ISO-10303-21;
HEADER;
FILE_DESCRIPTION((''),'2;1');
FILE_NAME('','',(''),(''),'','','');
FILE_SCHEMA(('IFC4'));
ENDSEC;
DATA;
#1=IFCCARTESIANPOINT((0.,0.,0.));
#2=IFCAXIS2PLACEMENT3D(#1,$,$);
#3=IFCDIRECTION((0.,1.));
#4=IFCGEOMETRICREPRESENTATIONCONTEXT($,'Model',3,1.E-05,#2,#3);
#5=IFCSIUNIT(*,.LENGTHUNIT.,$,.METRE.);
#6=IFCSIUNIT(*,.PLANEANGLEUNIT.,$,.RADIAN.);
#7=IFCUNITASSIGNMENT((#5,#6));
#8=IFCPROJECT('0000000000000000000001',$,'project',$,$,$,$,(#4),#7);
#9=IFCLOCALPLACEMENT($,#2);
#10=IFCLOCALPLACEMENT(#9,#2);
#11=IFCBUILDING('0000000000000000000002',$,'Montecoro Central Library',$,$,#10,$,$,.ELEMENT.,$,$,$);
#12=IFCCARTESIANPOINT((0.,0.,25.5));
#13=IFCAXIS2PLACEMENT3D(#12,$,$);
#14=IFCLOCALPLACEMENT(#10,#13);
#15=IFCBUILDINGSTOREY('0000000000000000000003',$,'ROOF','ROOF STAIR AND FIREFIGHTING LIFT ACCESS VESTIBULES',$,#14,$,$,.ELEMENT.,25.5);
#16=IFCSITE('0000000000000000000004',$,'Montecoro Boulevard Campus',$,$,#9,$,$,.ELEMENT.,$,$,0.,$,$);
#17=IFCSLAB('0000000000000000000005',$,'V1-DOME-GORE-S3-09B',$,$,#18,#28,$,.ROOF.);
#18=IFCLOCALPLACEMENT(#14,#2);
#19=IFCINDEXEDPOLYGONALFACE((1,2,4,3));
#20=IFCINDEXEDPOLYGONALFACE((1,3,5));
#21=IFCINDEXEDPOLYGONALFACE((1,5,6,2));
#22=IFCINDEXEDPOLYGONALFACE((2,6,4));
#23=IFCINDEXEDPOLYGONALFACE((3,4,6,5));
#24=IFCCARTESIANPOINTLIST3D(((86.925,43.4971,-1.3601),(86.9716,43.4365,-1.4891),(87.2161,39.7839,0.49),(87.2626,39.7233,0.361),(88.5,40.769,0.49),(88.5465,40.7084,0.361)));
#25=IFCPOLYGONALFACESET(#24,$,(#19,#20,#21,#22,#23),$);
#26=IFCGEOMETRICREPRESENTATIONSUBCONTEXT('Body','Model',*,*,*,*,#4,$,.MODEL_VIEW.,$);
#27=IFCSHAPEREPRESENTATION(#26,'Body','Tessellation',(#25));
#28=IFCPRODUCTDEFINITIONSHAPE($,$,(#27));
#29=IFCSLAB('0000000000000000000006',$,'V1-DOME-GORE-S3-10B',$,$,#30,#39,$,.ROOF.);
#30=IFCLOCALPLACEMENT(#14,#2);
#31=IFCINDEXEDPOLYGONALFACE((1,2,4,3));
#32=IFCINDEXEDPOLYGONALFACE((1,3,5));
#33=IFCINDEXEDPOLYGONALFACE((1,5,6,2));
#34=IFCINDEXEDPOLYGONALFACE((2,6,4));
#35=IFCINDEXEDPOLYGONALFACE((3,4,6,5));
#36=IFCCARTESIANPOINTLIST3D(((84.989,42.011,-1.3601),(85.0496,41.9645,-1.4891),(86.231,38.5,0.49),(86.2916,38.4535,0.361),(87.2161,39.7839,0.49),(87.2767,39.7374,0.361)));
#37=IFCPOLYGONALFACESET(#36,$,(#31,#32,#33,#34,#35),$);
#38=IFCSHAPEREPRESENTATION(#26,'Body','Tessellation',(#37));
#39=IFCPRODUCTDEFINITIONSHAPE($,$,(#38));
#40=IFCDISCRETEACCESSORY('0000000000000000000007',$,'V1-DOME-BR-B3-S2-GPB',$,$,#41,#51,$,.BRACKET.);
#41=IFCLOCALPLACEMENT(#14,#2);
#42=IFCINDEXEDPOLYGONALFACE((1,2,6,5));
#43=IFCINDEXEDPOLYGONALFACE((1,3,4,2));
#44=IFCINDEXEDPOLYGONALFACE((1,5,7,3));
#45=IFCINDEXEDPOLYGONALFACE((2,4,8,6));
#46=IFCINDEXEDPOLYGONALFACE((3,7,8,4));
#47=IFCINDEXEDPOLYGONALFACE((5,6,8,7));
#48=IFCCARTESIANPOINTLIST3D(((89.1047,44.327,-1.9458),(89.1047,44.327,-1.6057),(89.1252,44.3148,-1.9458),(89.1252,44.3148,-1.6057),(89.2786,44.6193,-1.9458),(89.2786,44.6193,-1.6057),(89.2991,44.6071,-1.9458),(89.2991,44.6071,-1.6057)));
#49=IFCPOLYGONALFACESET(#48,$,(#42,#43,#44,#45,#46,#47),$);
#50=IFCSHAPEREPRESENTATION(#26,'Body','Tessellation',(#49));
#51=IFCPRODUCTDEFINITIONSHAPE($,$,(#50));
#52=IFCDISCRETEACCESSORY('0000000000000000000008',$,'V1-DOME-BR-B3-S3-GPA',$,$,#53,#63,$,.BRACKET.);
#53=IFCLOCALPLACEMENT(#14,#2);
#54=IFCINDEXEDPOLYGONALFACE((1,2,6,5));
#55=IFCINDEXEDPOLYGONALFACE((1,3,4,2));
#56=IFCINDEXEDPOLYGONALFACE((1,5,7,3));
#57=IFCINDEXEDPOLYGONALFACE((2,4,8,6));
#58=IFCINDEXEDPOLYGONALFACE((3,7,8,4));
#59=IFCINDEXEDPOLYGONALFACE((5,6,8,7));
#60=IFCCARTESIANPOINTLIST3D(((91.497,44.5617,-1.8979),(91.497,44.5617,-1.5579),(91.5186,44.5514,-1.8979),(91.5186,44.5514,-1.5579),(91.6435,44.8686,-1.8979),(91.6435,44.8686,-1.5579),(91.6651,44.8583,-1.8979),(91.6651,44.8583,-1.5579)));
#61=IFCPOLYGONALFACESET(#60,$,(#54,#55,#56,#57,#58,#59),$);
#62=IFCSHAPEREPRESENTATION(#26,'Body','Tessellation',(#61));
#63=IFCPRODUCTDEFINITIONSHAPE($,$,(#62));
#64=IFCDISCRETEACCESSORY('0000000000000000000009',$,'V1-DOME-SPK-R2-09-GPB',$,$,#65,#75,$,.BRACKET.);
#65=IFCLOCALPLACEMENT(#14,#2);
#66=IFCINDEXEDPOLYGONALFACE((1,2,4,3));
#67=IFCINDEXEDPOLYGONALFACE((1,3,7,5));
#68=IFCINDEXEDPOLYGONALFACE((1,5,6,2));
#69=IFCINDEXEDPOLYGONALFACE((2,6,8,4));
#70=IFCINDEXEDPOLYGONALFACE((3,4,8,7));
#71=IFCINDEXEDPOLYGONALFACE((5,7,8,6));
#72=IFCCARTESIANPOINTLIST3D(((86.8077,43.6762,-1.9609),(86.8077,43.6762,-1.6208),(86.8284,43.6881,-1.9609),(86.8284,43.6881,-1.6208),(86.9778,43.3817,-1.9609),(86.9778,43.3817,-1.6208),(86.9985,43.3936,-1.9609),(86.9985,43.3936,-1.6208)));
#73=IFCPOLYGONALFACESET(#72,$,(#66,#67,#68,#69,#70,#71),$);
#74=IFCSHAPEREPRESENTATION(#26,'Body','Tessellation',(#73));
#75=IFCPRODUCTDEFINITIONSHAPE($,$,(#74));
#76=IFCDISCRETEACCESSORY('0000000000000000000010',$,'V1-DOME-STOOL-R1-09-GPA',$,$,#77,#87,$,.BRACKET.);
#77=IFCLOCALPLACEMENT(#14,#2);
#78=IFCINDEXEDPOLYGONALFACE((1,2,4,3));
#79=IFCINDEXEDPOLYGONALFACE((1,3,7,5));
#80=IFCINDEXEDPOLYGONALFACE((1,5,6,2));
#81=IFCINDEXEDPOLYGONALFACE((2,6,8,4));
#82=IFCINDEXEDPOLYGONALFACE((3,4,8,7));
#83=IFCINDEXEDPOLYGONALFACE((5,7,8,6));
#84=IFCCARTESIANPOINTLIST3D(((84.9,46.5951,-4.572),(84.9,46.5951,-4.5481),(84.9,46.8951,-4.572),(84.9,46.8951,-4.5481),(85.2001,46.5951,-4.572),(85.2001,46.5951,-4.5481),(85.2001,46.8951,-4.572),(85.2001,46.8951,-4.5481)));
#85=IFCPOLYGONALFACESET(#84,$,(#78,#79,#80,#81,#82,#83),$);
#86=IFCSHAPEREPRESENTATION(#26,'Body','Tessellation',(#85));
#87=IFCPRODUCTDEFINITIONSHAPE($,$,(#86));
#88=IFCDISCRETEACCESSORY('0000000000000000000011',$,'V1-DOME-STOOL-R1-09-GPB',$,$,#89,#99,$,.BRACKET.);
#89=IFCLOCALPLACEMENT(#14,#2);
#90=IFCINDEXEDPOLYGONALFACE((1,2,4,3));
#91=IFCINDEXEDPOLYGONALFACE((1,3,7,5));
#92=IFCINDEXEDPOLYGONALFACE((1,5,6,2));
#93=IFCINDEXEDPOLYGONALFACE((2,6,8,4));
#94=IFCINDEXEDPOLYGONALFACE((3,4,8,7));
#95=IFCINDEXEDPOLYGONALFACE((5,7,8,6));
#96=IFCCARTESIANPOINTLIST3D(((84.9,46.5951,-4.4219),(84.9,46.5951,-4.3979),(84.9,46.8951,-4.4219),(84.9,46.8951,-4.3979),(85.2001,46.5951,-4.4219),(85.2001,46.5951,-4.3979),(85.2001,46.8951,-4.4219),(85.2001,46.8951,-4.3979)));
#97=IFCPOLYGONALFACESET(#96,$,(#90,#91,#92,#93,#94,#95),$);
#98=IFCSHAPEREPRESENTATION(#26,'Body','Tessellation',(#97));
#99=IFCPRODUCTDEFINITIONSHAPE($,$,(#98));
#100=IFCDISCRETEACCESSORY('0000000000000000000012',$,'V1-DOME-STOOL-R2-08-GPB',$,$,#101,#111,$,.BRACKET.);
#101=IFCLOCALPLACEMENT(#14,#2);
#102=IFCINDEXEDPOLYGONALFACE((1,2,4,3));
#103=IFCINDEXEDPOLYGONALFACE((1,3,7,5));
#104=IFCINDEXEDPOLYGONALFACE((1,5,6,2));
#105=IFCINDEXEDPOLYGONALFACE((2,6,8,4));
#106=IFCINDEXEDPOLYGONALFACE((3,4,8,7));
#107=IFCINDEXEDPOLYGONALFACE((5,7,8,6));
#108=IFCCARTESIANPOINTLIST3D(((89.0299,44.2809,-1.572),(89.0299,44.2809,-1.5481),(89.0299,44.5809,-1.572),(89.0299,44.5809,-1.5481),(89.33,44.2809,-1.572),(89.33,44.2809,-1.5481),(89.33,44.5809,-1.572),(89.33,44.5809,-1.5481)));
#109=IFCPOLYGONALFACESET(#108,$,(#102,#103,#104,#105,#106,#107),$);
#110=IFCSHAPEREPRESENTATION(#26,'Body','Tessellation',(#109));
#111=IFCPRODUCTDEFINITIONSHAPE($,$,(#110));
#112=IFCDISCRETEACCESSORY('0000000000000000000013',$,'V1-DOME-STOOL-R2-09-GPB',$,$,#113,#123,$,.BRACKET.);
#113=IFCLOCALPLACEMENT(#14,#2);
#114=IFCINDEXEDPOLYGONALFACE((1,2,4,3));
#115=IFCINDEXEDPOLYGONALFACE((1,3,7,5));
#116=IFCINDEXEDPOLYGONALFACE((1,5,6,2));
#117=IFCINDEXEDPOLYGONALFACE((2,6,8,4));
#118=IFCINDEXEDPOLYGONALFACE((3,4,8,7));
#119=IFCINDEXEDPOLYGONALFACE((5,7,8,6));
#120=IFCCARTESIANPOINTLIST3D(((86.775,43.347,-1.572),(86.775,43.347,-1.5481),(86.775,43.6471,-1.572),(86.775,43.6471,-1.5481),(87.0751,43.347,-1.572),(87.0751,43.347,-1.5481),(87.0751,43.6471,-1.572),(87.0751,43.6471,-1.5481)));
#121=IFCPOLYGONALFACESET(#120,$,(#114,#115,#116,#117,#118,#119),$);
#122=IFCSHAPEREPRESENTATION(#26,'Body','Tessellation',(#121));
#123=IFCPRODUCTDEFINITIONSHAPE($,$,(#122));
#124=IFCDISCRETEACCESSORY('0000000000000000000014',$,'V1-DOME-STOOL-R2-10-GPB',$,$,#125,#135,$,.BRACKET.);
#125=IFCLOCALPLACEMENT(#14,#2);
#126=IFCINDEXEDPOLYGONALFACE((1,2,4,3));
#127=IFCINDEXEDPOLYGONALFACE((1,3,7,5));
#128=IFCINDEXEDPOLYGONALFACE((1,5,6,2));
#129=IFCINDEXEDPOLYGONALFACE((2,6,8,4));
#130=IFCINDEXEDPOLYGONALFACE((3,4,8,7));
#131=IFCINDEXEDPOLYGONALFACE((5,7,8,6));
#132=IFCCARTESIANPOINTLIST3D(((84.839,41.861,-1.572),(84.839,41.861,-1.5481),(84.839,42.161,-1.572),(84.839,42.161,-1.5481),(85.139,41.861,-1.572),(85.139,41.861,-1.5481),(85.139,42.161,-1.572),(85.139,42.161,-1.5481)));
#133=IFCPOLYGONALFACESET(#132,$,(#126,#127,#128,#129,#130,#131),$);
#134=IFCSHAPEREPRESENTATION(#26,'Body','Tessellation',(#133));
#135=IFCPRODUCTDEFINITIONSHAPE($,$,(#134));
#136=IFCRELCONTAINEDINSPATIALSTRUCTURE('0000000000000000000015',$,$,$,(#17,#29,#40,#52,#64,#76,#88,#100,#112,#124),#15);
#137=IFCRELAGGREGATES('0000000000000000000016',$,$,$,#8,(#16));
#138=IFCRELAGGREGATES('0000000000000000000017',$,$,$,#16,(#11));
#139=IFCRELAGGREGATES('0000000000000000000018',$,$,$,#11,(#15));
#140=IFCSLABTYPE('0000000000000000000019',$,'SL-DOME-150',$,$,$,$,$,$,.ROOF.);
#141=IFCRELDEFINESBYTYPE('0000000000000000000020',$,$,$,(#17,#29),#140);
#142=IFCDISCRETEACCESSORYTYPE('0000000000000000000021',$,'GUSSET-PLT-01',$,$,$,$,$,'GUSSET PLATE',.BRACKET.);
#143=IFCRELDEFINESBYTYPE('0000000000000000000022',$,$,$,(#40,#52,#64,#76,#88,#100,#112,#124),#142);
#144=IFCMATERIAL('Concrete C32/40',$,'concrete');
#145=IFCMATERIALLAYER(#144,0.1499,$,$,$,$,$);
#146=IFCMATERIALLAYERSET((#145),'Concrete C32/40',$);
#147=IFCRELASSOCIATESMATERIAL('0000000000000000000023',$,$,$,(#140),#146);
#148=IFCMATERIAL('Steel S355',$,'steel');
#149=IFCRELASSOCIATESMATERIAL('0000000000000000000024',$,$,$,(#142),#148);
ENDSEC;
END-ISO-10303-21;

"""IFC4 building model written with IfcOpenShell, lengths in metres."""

from ifc_helpers import new_model, si_unit, direction, frame, origin, origin_2d, place, context, subcontext, project, spatial, polyline, rectangle, outline, extrude, material, layer, layer_set, type_object, element, save


model = new_model("IFC4")

# Units and contexts
model_context = context("Model", 3, precision=1e-05, world=origin(), true_north=direction((0.0, 1.0)))
body_context = subcontext(model_context, "Body", "Model", "MODEL_VIEW")
ifc_project = project(units=[si_unit("LENGTHUNIT", "METRE"), si_unit("PLANEANGLEUNIT", "RADIAN")], contexts=[model_context])

# Site, building, storey
site_placement = place(None, origin())
site = spatial("IfcSite", under=ifc_project, at=site_placement, Name="Montecoro Boulevard Campus", CompositionType="ELEMENT", RefElevation=0.0)
building_placement = place(site_placement, origin())
building = spatial("IfcBuilding", under=site, at=building_placement, Name="Montecoro Central Library", CompositionType="ELEMENT")
storey_placement = place(building_placement, frame((0.0, 0.0, 25.5)))
storey = spatial("IfcBuildingStorey", under=building, at=storey_placement, Name="ROOF", Description="ROOF STAIR AND FIREFIGHTING LIFT ACCESS VESTIBULES", CompositionType="ELEMENT", Elevation=25.5)

# Shared definitions
ifc_material_1 = material(Name="Steel S355", Category="steel")

# Slabs
ifc_material_2 = material(Name="Concrete C32/40", Category="concrete")
ifc_layer = layer(ifc_material_2, 0.1499)
ifc_layer_set = layer_set([ifc_layer], Name="Concrete C32/40")
slab_type = type_object("IfcSlabType", Name="SL-DOME-150", PredefinedType="ROOF", material=ifc_layer_set)
slab_1_placement = place(storey_placement, frame((86.925, 43.4971, -1.3601), z_axis=(-0.310254, 0.404368, 0.860366), x_axis=(0.069977, -0.892856, 0.444872)))
element("IfcSlab", 1, at=slab_1_placement, inside=storey, type_object=slab_type, Name="V1-DOME-GORE-S3-09B", PredefinedType="ROOF", context=body_context, shape_type="SweptSolid", body=[
    extrude(outline(polyline([(0.0, 0.0), (4.1587, 0.0), (3.369, 1.4125), (0.0, 0.0)])), origin(), (0.0, 0.0, -1.0), 0.1499),
])
slab_2_placement = place(storey_placement, frame((84.989, 42.011, -1.3601), z_axis=(-0.404417, 0.310292, 0.860329), x_axis=(0.298659, -0.844311, 0.444906)))
element("IfcSlab", 2, at=slab_2_placement, inside=storey, type_object=slab_type, Name="V1-DOME-GORE-S3-10B", PredefinedType="ROOF", context=body_context, shape_type="SweptSolid", body=[
    extrude(outline(polyline([(0.0, 0.0), (4.1584, 0.0), (3.3686, 1.4125), (0.0, 0.0)])), origin(), (0.0, 0.0, -1.0), 0.1499),
])

# Discrete accessories
discrete_accessory_type = type_object("IfcDiscreteAccessoryType", Name="GUSSET-PLT-01", ElementType="GUSSET PLATE", PredefinedType="BRACKET", material=ifc_material_1)
for number, where, z_axis, x_axis, name in (
    (3, (89.2019, 44.467, -1.9458), (0.0, 0.0, 1.0), (-0.511293, -0.859406, 0.0), "V1-DOME-BR-B3-S2-GPB"),
    (4, (91.5811, 44.71, -1.8979), (0.0, 0.0, 1.0), (-0.430826, -0.902435, 0.0), "V1-DOME-BR-B3-S3-GPA"),
    (5, (86.9031, 43.5349, -1.9609), (0.0, 0.0, 1.0), (0.500151, -0.865938, 0.0), "V1-DOME-SPK-R2-09-GPB"),
):
    element("IfcDiscreteAccessory", number, at=place(storey_placement, frame(where, z_axis=z_axis, x_axis=x_axis)), inside=storey, type_object=discrete_accessory_type, Name=name, PredefinedType="BRACKET", context=body_context, shape_type="SweptSolid", body=[
        extrude(rectangle(XDim=0.3401, YDim=0.0239, at=origin_2d()), origin(), (0.0, 0.0, 1.0), 0.3401),
    ])
for number, where, z_axis, x_axis, name in (
    (6, (85.05, 46.7451, -4.572), (0.0, 0.0, 1.0), (1.0, 0.0, 0.0), "V1-DOME-STOOL-R1-09-GPA"),
    (7, (85.05, 46.7451, -4.4219), (0.0, 0.0, 1.0), (1.0, 0.0, 0.0), "V1-DOME-STOOL-R1-09-GPB"),
    (8, (89.1799, 44.4309, -1.572), (0.0, 0.0, 1.0), (1.0, 0.0, 0.0), "V1-DOME-STOOL-R2-08-GPB"),
    (9, (86.925, 43.4971, -1.572), (0.0, 0.0, 1.0), (1.0, 0.0, 0.0), "V1-DOME-STOOL-R2-09-GPB"),
    (10, (84.989, 42.011, -1.572), (0.0, 0.0, 1.0), (1.0, 0.0, 0.0), "V1-DOME-STOOL-R2-10-GPB"),
):
    element("IfcDiscreteAccessory", number, at=place(storey_placement, frame(where, z_axis=z_axis, x_axis=x_axis)), inside=storey, type_object=discrete_accessory_type, Name=name, PredefinedType="BRACKET", context=body_context, shape_type="SweptSolid", body=[
        extrude(rectangle(XDim=0.3, YDim=0.3, at=origin_2d()), origin(), (0.0, 0.0, 1.0), 0.0239),
    ])

save(model, "model.ifc")
